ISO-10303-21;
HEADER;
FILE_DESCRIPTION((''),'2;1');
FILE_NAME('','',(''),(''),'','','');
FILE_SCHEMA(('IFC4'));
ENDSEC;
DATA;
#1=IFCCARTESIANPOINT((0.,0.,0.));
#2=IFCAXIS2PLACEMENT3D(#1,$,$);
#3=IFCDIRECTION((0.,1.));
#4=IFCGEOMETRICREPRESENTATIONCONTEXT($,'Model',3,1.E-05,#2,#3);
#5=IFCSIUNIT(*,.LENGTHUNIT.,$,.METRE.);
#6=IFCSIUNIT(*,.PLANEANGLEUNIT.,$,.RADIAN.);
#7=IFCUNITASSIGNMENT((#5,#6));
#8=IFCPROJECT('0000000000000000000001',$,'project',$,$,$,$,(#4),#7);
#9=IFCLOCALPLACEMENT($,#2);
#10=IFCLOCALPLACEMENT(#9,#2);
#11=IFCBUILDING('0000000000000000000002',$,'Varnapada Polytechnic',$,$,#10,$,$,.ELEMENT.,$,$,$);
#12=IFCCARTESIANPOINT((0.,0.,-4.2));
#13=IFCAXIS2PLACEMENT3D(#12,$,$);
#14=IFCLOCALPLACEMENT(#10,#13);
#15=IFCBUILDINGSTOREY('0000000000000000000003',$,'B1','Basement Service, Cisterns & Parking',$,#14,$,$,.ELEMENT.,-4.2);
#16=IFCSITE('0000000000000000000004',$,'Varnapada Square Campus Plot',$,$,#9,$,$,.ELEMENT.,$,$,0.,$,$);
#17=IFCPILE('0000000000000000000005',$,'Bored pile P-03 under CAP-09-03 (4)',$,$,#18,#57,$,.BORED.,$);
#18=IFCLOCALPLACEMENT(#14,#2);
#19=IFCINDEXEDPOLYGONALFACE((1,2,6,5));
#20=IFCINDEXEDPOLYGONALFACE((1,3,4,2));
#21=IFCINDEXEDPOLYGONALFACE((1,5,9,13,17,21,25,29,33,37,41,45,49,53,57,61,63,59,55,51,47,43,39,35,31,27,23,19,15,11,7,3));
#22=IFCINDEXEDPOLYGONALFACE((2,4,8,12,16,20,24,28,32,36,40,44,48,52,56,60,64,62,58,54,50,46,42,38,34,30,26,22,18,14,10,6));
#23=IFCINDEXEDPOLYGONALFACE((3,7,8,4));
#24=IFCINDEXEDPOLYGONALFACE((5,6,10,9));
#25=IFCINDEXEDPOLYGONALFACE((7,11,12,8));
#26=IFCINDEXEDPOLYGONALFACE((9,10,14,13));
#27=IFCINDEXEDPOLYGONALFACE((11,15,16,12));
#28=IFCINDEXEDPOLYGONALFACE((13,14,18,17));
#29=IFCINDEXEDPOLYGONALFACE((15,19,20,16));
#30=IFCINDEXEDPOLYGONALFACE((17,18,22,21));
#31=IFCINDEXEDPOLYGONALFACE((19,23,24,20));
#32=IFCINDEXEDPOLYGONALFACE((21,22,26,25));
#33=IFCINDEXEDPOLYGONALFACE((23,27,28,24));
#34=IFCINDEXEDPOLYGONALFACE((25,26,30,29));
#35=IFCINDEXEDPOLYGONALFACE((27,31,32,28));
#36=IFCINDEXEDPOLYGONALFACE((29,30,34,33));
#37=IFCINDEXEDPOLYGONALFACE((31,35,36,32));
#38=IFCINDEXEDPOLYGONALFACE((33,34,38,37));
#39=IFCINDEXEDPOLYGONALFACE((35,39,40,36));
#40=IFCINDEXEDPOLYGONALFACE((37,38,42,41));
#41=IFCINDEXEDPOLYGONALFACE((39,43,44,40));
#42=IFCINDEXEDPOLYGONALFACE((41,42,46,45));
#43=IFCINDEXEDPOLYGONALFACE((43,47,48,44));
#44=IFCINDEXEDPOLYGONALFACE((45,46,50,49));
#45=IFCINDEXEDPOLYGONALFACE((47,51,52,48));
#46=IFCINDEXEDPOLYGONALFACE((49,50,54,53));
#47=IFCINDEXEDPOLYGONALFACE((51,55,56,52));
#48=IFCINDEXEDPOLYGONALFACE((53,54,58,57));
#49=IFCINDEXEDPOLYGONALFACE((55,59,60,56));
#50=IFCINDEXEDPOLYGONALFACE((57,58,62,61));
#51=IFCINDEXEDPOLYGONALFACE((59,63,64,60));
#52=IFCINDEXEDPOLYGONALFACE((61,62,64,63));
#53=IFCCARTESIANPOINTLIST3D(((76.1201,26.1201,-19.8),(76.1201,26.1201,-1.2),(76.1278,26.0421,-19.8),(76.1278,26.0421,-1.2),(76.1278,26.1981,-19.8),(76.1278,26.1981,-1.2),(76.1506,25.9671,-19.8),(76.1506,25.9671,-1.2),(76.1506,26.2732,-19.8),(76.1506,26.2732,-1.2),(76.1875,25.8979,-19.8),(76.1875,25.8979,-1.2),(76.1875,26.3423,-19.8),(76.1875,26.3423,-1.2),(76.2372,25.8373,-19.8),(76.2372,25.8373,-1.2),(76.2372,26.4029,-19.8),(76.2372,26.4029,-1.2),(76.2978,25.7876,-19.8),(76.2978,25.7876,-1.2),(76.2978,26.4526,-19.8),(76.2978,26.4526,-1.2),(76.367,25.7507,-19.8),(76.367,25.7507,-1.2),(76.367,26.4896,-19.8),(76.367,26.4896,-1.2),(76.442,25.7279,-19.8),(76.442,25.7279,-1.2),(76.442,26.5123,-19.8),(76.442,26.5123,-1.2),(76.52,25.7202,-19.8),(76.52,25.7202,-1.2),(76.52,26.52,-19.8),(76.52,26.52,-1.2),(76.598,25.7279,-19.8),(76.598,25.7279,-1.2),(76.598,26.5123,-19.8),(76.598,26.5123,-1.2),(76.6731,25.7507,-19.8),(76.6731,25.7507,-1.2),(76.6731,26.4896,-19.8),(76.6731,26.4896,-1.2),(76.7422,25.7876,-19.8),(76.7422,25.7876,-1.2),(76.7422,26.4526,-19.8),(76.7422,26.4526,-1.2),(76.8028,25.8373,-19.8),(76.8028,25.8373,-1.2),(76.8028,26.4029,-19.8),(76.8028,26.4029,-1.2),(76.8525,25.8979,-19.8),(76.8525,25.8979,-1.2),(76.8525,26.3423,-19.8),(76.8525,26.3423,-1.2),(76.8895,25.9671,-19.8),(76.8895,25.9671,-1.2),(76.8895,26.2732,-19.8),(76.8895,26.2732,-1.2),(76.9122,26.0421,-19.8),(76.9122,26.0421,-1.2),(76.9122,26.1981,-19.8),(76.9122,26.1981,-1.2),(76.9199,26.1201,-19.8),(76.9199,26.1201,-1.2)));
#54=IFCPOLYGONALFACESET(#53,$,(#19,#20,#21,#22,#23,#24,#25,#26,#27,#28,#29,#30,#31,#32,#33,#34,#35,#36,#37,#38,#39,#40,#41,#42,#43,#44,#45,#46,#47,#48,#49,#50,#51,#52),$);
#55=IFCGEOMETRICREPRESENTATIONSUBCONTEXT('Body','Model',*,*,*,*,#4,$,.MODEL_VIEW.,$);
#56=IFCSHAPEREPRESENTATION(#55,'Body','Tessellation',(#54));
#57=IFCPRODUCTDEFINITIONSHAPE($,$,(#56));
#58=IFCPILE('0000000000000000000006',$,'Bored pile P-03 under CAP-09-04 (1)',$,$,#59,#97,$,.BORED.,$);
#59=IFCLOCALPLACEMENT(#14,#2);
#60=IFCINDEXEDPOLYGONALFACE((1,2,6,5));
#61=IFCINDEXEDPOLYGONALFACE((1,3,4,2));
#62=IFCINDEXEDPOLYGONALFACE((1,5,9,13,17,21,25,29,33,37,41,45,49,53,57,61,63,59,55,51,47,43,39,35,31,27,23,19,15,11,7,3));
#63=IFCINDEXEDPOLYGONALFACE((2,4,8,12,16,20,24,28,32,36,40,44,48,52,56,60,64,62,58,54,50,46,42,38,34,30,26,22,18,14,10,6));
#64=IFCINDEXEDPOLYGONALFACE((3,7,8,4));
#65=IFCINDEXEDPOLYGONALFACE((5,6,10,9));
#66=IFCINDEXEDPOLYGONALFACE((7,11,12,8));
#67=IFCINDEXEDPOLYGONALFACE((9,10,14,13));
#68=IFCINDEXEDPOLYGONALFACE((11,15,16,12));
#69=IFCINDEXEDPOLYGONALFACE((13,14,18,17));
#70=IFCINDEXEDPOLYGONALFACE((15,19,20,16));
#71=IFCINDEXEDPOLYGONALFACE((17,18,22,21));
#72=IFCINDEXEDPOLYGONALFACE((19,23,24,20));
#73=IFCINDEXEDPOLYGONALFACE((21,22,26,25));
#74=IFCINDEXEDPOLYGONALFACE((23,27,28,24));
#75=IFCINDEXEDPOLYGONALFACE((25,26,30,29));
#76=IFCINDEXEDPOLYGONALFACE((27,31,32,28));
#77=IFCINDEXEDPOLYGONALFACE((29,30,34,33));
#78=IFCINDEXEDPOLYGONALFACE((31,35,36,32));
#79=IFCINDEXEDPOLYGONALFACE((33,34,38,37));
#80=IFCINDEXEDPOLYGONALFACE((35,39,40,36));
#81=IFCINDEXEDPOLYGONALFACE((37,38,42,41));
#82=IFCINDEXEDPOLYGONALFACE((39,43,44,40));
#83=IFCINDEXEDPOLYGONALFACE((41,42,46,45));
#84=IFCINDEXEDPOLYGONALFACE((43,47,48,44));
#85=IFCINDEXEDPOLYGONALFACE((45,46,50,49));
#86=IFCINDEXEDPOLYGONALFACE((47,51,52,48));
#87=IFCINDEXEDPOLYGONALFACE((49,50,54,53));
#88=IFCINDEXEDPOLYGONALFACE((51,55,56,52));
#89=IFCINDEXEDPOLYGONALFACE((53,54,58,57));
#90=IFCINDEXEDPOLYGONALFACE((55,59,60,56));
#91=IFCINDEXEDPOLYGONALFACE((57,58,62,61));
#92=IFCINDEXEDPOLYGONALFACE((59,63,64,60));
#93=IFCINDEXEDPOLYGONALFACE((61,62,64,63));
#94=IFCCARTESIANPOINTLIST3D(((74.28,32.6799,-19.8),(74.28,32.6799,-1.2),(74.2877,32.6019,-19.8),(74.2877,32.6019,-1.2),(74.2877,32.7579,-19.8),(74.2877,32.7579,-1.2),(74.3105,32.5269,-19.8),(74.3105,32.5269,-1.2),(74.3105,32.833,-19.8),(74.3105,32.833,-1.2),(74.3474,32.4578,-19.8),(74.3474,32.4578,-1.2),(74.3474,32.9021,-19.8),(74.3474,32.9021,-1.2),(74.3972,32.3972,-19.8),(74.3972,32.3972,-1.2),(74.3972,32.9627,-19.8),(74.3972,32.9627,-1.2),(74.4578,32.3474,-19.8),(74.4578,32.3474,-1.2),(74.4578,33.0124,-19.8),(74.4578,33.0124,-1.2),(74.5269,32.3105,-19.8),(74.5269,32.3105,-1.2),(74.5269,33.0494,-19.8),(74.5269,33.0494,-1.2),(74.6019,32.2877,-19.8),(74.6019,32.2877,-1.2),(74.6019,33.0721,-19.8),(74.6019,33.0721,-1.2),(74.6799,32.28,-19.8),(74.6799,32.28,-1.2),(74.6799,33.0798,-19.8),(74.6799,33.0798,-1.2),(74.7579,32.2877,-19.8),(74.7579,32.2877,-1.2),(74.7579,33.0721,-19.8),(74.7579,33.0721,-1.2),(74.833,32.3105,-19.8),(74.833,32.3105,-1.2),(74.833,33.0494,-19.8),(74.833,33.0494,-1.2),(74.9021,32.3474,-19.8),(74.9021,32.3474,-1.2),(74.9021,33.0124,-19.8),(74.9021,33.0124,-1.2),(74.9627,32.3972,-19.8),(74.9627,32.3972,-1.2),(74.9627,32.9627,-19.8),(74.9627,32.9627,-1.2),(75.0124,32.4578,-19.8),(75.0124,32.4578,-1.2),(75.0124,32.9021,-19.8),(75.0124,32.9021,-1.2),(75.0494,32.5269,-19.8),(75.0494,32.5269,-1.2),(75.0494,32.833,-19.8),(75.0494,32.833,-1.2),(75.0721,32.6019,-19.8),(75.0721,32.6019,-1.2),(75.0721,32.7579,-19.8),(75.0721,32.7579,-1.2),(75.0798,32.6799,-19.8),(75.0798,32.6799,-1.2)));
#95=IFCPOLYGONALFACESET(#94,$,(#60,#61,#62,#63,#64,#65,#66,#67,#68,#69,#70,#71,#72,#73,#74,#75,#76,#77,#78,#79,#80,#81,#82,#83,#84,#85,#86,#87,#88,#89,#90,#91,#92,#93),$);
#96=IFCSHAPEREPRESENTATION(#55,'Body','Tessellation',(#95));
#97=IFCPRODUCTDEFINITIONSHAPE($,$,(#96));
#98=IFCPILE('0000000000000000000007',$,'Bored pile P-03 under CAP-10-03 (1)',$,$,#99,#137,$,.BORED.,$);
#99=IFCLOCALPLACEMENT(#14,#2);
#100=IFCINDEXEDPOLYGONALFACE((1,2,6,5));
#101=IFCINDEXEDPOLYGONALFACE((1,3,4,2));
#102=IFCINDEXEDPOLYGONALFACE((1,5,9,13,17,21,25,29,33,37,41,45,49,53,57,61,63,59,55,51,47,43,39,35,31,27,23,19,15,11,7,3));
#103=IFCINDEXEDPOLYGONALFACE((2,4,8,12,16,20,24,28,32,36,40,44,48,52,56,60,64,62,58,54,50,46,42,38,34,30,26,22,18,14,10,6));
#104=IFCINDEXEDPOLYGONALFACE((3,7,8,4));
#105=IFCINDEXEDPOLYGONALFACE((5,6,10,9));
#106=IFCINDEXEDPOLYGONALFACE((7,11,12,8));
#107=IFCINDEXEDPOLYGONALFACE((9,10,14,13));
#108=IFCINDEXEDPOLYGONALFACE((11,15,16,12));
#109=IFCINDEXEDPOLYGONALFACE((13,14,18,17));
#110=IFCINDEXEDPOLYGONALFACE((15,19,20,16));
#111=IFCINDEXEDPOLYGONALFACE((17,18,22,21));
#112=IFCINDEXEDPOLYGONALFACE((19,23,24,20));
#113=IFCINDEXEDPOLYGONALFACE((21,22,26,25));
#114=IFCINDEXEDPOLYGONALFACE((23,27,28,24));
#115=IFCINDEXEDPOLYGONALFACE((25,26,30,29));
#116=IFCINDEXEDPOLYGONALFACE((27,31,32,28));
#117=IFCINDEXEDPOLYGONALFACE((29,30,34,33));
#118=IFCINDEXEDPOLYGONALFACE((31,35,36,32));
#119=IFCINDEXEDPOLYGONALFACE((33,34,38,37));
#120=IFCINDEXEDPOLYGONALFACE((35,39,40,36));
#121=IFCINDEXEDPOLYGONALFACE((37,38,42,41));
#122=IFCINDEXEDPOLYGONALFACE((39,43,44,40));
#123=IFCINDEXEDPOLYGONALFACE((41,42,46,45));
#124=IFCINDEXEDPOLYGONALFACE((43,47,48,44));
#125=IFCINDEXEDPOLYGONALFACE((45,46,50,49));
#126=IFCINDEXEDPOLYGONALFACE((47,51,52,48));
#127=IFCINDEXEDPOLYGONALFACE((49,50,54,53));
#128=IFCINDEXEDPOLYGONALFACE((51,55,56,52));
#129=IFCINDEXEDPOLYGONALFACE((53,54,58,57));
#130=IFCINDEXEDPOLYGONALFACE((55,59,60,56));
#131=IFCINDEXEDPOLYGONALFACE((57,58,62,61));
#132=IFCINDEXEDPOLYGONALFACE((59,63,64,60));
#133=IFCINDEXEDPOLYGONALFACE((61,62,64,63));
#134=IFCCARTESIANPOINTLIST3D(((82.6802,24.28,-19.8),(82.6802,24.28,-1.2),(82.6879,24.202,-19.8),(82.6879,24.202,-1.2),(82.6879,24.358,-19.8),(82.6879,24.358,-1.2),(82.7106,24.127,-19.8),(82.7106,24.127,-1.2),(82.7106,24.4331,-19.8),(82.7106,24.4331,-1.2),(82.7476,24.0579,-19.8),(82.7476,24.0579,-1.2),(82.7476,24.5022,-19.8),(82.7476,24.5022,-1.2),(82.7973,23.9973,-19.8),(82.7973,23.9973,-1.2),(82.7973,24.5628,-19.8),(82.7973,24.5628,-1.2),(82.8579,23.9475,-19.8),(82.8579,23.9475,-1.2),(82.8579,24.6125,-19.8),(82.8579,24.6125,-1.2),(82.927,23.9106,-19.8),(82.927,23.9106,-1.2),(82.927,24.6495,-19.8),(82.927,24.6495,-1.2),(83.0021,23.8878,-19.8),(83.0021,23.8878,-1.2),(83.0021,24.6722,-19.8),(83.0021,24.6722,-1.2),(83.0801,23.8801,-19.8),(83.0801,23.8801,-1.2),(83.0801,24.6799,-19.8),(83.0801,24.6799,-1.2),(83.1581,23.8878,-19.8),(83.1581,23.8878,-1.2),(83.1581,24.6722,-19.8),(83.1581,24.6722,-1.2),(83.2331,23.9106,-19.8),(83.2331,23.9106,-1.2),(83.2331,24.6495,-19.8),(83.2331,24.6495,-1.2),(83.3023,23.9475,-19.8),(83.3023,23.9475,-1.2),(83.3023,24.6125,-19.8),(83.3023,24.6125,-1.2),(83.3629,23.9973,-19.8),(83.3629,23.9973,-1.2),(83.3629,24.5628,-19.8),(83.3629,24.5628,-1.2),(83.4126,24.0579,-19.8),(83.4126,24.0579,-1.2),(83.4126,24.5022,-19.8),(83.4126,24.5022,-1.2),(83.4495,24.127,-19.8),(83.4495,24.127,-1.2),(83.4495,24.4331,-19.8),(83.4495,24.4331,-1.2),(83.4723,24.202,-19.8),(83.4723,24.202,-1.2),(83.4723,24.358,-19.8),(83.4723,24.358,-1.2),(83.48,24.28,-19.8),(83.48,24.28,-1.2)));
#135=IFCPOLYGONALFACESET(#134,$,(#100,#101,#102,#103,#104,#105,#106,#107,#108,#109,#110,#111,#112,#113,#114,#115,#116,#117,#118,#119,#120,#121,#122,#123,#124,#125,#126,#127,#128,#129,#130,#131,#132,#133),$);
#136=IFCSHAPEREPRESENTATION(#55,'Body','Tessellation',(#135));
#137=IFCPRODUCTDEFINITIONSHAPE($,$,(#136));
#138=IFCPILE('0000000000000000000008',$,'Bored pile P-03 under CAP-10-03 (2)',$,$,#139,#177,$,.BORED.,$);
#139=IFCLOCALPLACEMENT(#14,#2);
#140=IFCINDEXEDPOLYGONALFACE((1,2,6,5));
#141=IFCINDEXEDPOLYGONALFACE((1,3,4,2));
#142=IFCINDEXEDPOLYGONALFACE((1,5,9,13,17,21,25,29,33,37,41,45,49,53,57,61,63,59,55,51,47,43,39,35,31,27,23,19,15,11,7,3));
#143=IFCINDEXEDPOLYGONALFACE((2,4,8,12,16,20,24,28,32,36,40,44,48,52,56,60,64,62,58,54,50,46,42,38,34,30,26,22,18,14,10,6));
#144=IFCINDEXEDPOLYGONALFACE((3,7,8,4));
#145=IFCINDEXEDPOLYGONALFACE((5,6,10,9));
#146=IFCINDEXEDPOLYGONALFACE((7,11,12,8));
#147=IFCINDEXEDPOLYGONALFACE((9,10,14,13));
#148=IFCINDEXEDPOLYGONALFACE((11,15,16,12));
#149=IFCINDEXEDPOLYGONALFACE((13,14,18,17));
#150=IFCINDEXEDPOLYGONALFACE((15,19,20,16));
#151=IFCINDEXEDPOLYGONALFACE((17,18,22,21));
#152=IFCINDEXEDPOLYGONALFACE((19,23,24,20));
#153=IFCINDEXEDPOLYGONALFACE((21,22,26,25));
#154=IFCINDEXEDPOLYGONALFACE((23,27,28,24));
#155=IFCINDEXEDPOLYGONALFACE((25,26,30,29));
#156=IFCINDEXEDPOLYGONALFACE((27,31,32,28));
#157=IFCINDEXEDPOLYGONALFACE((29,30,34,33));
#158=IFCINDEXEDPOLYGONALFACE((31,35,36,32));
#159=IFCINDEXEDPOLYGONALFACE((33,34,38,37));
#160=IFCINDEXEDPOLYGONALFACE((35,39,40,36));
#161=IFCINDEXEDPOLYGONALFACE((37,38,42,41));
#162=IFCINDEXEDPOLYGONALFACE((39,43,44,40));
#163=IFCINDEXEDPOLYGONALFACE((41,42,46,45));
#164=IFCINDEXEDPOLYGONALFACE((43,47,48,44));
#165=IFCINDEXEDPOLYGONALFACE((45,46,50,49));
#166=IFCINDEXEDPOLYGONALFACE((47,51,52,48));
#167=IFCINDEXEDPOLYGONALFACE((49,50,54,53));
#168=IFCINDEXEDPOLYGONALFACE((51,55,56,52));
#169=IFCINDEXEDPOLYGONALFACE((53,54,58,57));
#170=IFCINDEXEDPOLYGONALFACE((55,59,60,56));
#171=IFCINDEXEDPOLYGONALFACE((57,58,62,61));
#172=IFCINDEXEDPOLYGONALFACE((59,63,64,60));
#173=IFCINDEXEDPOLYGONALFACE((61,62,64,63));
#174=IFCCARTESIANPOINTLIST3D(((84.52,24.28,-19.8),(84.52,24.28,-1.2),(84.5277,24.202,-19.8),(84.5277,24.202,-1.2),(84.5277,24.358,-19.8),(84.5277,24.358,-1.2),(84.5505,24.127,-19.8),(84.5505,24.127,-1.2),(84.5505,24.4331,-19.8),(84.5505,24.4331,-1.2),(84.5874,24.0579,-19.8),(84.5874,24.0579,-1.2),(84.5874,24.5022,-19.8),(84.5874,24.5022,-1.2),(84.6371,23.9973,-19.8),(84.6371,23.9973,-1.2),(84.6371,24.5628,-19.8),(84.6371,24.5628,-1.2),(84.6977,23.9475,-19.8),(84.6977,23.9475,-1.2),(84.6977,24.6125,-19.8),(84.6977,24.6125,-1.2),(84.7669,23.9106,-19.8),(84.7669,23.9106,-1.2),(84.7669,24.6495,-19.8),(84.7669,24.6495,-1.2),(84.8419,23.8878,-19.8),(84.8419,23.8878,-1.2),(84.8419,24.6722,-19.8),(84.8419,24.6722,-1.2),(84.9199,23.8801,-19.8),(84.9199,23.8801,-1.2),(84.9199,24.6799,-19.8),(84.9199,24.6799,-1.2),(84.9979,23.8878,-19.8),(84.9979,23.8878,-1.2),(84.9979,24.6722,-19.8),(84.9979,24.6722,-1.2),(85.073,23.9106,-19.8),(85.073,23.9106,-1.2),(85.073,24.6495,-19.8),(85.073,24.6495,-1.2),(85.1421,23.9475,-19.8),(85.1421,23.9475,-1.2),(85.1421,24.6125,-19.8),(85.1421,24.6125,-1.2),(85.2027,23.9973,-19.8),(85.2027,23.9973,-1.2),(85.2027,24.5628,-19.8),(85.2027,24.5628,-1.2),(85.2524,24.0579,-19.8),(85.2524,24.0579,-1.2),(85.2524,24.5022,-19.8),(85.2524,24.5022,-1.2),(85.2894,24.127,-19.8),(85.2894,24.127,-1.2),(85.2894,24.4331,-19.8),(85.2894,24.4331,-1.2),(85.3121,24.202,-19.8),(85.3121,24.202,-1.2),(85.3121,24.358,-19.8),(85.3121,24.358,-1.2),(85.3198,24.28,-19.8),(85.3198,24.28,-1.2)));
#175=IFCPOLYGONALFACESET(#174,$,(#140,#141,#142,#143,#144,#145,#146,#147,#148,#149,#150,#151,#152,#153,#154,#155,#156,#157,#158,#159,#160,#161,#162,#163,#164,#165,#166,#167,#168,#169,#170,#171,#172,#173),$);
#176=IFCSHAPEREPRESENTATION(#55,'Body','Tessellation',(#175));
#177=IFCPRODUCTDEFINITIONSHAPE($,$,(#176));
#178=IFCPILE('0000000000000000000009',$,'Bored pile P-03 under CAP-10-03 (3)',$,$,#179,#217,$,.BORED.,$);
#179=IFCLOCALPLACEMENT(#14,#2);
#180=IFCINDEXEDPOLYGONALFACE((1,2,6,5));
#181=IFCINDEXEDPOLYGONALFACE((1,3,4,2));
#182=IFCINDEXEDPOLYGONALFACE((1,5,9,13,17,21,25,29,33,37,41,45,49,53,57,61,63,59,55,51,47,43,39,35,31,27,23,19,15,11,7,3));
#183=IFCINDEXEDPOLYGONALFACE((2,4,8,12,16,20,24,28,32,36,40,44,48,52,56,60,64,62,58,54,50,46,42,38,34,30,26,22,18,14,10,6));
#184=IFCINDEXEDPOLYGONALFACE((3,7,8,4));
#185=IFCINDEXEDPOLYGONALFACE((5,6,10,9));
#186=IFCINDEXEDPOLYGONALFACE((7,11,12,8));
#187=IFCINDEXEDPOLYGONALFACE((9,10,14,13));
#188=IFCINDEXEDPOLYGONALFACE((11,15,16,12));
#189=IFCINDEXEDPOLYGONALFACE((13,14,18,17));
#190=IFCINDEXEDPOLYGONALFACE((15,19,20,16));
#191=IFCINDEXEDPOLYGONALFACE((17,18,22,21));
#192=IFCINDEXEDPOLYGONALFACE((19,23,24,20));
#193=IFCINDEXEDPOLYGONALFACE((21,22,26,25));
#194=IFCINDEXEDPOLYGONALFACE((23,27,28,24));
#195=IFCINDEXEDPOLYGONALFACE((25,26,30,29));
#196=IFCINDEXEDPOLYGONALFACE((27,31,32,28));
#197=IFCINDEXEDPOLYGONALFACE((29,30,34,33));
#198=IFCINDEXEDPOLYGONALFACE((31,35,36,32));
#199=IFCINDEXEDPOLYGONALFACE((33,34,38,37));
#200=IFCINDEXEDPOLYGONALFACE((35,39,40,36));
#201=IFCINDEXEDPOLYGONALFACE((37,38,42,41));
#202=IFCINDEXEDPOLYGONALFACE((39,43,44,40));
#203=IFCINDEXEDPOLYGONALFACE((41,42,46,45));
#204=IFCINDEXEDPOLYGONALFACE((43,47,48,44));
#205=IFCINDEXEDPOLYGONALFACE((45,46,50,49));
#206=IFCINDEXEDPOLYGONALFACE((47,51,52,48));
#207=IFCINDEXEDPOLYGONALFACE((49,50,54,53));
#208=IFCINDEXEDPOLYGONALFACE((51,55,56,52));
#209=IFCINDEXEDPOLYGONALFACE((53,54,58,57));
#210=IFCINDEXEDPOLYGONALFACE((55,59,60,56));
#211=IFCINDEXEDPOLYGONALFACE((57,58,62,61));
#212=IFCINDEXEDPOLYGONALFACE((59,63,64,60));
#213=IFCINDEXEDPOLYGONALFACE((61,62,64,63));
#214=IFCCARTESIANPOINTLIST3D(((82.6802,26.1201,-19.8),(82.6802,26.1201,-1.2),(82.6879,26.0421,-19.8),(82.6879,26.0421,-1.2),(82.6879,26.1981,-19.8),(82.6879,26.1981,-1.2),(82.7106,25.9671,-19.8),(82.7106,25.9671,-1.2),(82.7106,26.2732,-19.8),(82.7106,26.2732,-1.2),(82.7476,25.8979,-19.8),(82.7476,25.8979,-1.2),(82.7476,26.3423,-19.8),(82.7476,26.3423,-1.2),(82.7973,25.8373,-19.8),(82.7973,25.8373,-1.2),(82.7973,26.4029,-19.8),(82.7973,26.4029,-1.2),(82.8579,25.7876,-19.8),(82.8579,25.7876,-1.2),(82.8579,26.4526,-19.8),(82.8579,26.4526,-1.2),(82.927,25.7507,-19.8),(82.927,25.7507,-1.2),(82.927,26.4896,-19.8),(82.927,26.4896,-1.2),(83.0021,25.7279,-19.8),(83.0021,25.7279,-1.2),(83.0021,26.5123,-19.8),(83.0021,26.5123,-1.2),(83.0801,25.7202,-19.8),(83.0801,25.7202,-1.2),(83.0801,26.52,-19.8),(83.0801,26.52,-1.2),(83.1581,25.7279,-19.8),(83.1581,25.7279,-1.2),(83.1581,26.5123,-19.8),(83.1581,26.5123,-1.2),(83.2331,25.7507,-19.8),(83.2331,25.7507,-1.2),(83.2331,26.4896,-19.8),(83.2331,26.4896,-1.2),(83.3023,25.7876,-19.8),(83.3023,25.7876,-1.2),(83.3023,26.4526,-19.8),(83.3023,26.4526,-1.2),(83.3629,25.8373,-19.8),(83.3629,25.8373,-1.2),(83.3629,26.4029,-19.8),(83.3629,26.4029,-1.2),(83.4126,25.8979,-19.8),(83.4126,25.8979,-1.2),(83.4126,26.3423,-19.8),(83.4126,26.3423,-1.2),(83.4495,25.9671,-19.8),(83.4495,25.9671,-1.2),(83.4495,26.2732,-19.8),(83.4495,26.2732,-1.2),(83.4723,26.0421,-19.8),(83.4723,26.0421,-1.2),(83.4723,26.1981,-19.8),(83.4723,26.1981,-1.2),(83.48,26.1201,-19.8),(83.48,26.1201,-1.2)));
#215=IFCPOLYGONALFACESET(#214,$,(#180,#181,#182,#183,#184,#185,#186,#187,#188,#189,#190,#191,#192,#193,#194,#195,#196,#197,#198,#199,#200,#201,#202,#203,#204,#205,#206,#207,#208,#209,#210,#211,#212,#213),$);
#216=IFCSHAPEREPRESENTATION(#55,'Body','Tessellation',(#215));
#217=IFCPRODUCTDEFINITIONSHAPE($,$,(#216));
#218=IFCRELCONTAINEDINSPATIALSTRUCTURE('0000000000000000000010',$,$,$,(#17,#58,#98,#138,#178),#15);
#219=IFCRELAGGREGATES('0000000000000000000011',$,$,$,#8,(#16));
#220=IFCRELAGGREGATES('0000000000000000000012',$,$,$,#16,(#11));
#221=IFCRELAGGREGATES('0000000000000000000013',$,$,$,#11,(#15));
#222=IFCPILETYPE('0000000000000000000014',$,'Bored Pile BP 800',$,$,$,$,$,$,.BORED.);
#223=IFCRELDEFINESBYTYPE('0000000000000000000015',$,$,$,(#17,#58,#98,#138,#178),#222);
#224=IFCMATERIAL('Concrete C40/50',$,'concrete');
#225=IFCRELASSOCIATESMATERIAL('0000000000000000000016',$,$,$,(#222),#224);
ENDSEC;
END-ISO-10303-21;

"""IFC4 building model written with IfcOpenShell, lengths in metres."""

from ifc_helpers import new_model, si_unit, direction, frame, origin, origin_2d, place, context, subcontext, project, spatial, circle, extrude, material, material_profile, profile_set, type_object, element, save


model = new_model("IFC4")

# Units and contexts
model_context = context("Model", 3, precision=1e-05, world=origin(), true_north=direction((0.0, 1.0)))
body_context = subcontext(model_context, "Body", "Model", "MODEL_VIEW")
ifc_project = project(units=[si_unit("LENGTHUNIT", "METRE"), si_unit("PLANEANGLEUNIT", "RADIAN")], contexts=[model_context])

# Site, building, storey
site_placement = place(None, origin())
site = spatial("IfcSite", under=ifc_project, at=site_placement, Name="Varnapada Square Campus Plot", CompositionType="ELEMENT", RefElevation=0.0)
building_placement = place(site_placement, origin())
building = spatial("IfcBuilding", under=site, at=building_placement, Name="Varnapada Polytechnic", CompositionType="ELEMENT")
storey_placement = place(building_placement, frame((0.0, 0.0, -4.2)))
storey = spatial("IfcBuildingStorey", under=building, at=storey_placement, Name="B1", Description="Basement Service, Cisterns & Parking", CompositionType="ELEMENT", Elevation=-4.2)

# Piles
ifc_material_1 = material(Name="Concrete C40/50", Category="concrete")
ifc_material_profile_1 = material_profile(ifc_material_1, circle(Radius=0.3999, at=origin_2d()), Name="BP 800")
ifc_profile_set_1 = profile_set([ifc_material_profile_1], Name="Concrete C40/50")
pile_type = type_object("IfcPileType", Name="Bored Pile BP 800", PredefinedType="BORED", material=ifc_profile_set_1)
for number, where, z_axis, x_axis, name in (
    (1, (76.52, 26.1201, -1.2), (0.0, 0.0, -1.0), (1.0, 0.0, 0.0), "Bored pile P-03 under CAP-09-03 (4)"),
    (2, (74.6799, 32.6799, -1.2), (0.0, 0.0, -1.0), (1.0, 0.0, 0.0), "Bored pile P-03 under CAP-09-04 (1)"),
    (3, (83.0801, 24.28, -1.2), (0.0, 0.0, -1.0), (1.0, 0.0, 0.0), "Bored pile P-03 under CAP-10-03 (1)"),
    (4, (84.9199, 24.28, -1.2), (0.0, 0.0, -1.0), (1.0, 0.0, 0.0), "Bored pile P-03 under CAP-10-03 (2)"),
    (5, (83.0801, 26.1201, -1.2), (0.0, 0.0, -1.0), (1.0, 0.0, 0.0), "Bored pile P-03 under CAP-10-03 (3)"),
):
    element("IfcPile", number, at=place(storey_placement, frame(where, z_axis=z_axis, x_axis=x_axis)), inside=storey, type_object=pile_type, Name=name, PredefinedType="BORED", context=body_context, shape_type="SweptSolid", body=[
        extrude(circle(Radius=0.3999, at=origin_2d()), origin(), (0.0, 0.0, 1.0), 18.6001),
    ])

save(model, "model.ifc")
